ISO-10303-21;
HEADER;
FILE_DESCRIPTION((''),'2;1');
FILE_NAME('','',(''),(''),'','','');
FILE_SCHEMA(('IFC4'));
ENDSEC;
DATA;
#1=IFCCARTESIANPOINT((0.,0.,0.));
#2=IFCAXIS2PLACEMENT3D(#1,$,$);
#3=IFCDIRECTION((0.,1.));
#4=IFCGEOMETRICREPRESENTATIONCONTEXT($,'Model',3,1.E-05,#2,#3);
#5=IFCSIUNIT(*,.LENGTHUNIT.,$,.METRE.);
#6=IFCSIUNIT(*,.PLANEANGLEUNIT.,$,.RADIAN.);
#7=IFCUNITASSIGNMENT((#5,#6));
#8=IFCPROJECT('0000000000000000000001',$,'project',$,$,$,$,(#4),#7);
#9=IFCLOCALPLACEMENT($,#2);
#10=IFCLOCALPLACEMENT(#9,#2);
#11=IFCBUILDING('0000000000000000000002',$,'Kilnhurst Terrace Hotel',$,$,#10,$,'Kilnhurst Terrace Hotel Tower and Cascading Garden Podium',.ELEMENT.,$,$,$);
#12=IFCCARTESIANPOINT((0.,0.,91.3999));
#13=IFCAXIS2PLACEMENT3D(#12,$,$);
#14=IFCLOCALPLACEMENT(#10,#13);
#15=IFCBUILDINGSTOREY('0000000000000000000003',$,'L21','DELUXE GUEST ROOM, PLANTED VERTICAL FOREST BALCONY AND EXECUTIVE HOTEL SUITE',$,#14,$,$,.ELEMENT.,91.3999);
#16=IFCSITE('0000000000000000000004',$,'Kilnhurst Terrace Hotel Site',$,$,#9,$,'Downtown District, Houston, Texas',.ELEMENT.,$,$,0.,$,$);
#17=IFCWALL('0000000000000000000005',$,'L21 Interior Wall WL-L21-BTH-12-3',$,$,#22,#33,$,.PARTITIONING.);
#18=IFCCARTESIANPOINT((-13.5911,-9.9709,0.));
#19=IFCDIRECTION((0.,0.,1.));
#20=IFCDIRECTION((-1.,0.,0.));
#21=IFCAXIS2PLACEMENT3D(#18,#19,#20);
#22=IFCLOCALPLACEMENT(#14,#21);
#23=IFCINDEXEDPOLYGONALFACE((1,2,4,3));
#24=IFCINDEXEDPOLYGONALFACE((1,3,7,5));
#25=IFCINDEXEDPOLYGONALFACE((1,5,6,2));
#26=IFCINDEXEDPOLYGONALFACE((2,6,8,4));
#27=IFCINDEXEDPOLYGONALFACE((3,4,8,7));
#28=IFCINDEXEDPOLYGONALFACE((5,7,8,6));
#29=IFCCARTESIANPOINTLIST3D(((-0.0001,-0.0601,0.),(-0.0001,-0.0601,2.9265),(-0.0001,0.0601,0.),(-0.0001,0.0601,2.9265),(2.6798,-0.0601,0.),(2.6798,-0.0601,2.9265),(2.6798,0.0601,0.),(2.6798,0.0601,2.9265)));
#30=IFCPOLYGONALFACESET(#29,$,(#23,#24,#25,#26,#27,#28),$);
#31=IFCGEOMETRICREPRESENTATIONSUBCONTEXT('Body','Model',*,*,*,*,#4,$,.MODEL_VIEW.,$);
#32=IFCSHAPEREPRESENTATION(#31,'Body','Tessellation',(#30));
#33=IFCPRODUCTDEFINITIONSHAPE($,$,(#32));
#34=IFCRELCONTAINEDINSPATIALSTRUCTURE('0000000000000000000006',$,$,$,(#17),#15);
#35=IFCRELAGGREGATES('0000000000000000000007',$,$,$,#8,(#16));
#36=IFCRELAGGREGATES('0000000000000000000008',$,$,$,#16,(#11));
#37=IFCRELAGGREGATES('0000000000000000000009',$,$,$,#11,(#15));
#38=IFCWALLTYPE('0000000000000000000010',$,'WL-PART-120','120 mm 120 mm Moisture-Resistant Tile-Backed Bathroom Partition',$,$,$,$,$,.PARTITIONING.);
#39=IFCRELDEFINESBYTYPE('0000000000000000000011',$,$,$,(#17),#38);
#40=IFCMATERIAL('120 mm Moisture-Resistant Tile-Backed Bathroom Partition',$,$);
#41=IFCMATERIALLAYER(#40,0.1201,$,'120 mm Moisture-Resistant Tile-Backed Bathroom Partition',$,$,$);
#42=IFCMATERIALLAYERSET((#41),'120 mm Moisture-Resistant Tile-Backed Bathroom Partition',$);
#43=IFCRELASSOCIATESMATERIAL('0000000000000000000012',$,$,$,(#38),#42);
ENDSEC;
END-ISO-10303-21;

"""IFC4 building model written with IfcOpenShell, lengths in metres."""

from ifc_helpers import new_model, si_unit, direction, frame, frame_2d, origin, place, context, subcontext, project, spatial, rectangle, extrude, material, layer, layer_set, type_object, element, save


model = new_model("IFC4")

# Units and contexts
model_context = context("Model", 3, precision=1e-05, world=origin(), true_north=direction((0.0, 1.0)))
body_context = subcontext(model_context, "Body", "Model", "MODEL_VIEW")
ifc_project = project(units=[si_unit("LENGTHUNIT", "METRE"), si_unit("PLANEANGLEUNIT", "RADIAN")], contexts=[model_context])

# Site, building, storey
site_placement = place(None, origin())
site = spatial("IfcSite", under=ifc_project, at=site_placement, Name="Kilnhurst Terrace Hotel Site", LongName="Downtown District, Houston, Texas", CompositionType="ELEMENT", RefElevation=0.0)
building_placement = place(site_placement, origin())
building = spatial("IfcBuilding", under=site, at=building_placement, Name="Kilnhurst Terrace Hotel", LongName="Kilnhurst Terrace Hotel Tower and Cascading Garden Podium", CompositionType="ELEMENT")
storey_placement = place(building_placement, frame((0.0, 0.0, 91.3999)))
storey = spatial("IfcBuildingStorey", under=building, at=storey_placement, Name="L21", Description="DELUXE GUEST ROOM, PLANTED VERTICAL FOREST BALCONY AND EXECUTIVE HOTEL SUITE", CompositionType="ELEMENT", Elevation=91.3999)

# Shared definitions
ifc_material_1 = material(Name="120 mm Moisture-Resistant Tile-Backed Bathroom Partition")
ifc_layer_1 = layer(ifc_material_1, 0.1201, Name="120 mm Moisture-Resistant Tile-Backed Bathroom Partition")
ifc_layer_set_1 = layer_set([ifc_layer_1], Name="120 mm Moisture-Resistant Tile-Backed Bathroom Partition")
wall_type_1 = type_object("IfcWallType", Name="WL-PART-120", Description="120 mm 120 mm Moisture-Resistant Tile-Backed Bathroom Partition", PredefinedType="PARTITIONING", material=ifc_layer_set_1)

# Wall
wall_1_placement = place(storey_placement, frame((-13.5911, -9.9709, 0.0), z_axis=(0.0, 0.0, 1.0), x_axis=(-1.0, 0.0, 0.0)))
element("IfcWall", 1, at=wall_1_placement, inside=storey, type_object=wall_type_1, Name="L21 Interior Wall WL-L21-BTH-12-3", PredefinedType="PARTITIONING", context=body_context, shape_type="SweptSolid", body=[
    extrude(rectangle(XDim=2.6799, YDim=0.1201, at=frame_2d((1.3398, 0.0))), origin(), (0.0, 0.0, 1.0), 2.9265),
])

save(model, "model.ifc")
